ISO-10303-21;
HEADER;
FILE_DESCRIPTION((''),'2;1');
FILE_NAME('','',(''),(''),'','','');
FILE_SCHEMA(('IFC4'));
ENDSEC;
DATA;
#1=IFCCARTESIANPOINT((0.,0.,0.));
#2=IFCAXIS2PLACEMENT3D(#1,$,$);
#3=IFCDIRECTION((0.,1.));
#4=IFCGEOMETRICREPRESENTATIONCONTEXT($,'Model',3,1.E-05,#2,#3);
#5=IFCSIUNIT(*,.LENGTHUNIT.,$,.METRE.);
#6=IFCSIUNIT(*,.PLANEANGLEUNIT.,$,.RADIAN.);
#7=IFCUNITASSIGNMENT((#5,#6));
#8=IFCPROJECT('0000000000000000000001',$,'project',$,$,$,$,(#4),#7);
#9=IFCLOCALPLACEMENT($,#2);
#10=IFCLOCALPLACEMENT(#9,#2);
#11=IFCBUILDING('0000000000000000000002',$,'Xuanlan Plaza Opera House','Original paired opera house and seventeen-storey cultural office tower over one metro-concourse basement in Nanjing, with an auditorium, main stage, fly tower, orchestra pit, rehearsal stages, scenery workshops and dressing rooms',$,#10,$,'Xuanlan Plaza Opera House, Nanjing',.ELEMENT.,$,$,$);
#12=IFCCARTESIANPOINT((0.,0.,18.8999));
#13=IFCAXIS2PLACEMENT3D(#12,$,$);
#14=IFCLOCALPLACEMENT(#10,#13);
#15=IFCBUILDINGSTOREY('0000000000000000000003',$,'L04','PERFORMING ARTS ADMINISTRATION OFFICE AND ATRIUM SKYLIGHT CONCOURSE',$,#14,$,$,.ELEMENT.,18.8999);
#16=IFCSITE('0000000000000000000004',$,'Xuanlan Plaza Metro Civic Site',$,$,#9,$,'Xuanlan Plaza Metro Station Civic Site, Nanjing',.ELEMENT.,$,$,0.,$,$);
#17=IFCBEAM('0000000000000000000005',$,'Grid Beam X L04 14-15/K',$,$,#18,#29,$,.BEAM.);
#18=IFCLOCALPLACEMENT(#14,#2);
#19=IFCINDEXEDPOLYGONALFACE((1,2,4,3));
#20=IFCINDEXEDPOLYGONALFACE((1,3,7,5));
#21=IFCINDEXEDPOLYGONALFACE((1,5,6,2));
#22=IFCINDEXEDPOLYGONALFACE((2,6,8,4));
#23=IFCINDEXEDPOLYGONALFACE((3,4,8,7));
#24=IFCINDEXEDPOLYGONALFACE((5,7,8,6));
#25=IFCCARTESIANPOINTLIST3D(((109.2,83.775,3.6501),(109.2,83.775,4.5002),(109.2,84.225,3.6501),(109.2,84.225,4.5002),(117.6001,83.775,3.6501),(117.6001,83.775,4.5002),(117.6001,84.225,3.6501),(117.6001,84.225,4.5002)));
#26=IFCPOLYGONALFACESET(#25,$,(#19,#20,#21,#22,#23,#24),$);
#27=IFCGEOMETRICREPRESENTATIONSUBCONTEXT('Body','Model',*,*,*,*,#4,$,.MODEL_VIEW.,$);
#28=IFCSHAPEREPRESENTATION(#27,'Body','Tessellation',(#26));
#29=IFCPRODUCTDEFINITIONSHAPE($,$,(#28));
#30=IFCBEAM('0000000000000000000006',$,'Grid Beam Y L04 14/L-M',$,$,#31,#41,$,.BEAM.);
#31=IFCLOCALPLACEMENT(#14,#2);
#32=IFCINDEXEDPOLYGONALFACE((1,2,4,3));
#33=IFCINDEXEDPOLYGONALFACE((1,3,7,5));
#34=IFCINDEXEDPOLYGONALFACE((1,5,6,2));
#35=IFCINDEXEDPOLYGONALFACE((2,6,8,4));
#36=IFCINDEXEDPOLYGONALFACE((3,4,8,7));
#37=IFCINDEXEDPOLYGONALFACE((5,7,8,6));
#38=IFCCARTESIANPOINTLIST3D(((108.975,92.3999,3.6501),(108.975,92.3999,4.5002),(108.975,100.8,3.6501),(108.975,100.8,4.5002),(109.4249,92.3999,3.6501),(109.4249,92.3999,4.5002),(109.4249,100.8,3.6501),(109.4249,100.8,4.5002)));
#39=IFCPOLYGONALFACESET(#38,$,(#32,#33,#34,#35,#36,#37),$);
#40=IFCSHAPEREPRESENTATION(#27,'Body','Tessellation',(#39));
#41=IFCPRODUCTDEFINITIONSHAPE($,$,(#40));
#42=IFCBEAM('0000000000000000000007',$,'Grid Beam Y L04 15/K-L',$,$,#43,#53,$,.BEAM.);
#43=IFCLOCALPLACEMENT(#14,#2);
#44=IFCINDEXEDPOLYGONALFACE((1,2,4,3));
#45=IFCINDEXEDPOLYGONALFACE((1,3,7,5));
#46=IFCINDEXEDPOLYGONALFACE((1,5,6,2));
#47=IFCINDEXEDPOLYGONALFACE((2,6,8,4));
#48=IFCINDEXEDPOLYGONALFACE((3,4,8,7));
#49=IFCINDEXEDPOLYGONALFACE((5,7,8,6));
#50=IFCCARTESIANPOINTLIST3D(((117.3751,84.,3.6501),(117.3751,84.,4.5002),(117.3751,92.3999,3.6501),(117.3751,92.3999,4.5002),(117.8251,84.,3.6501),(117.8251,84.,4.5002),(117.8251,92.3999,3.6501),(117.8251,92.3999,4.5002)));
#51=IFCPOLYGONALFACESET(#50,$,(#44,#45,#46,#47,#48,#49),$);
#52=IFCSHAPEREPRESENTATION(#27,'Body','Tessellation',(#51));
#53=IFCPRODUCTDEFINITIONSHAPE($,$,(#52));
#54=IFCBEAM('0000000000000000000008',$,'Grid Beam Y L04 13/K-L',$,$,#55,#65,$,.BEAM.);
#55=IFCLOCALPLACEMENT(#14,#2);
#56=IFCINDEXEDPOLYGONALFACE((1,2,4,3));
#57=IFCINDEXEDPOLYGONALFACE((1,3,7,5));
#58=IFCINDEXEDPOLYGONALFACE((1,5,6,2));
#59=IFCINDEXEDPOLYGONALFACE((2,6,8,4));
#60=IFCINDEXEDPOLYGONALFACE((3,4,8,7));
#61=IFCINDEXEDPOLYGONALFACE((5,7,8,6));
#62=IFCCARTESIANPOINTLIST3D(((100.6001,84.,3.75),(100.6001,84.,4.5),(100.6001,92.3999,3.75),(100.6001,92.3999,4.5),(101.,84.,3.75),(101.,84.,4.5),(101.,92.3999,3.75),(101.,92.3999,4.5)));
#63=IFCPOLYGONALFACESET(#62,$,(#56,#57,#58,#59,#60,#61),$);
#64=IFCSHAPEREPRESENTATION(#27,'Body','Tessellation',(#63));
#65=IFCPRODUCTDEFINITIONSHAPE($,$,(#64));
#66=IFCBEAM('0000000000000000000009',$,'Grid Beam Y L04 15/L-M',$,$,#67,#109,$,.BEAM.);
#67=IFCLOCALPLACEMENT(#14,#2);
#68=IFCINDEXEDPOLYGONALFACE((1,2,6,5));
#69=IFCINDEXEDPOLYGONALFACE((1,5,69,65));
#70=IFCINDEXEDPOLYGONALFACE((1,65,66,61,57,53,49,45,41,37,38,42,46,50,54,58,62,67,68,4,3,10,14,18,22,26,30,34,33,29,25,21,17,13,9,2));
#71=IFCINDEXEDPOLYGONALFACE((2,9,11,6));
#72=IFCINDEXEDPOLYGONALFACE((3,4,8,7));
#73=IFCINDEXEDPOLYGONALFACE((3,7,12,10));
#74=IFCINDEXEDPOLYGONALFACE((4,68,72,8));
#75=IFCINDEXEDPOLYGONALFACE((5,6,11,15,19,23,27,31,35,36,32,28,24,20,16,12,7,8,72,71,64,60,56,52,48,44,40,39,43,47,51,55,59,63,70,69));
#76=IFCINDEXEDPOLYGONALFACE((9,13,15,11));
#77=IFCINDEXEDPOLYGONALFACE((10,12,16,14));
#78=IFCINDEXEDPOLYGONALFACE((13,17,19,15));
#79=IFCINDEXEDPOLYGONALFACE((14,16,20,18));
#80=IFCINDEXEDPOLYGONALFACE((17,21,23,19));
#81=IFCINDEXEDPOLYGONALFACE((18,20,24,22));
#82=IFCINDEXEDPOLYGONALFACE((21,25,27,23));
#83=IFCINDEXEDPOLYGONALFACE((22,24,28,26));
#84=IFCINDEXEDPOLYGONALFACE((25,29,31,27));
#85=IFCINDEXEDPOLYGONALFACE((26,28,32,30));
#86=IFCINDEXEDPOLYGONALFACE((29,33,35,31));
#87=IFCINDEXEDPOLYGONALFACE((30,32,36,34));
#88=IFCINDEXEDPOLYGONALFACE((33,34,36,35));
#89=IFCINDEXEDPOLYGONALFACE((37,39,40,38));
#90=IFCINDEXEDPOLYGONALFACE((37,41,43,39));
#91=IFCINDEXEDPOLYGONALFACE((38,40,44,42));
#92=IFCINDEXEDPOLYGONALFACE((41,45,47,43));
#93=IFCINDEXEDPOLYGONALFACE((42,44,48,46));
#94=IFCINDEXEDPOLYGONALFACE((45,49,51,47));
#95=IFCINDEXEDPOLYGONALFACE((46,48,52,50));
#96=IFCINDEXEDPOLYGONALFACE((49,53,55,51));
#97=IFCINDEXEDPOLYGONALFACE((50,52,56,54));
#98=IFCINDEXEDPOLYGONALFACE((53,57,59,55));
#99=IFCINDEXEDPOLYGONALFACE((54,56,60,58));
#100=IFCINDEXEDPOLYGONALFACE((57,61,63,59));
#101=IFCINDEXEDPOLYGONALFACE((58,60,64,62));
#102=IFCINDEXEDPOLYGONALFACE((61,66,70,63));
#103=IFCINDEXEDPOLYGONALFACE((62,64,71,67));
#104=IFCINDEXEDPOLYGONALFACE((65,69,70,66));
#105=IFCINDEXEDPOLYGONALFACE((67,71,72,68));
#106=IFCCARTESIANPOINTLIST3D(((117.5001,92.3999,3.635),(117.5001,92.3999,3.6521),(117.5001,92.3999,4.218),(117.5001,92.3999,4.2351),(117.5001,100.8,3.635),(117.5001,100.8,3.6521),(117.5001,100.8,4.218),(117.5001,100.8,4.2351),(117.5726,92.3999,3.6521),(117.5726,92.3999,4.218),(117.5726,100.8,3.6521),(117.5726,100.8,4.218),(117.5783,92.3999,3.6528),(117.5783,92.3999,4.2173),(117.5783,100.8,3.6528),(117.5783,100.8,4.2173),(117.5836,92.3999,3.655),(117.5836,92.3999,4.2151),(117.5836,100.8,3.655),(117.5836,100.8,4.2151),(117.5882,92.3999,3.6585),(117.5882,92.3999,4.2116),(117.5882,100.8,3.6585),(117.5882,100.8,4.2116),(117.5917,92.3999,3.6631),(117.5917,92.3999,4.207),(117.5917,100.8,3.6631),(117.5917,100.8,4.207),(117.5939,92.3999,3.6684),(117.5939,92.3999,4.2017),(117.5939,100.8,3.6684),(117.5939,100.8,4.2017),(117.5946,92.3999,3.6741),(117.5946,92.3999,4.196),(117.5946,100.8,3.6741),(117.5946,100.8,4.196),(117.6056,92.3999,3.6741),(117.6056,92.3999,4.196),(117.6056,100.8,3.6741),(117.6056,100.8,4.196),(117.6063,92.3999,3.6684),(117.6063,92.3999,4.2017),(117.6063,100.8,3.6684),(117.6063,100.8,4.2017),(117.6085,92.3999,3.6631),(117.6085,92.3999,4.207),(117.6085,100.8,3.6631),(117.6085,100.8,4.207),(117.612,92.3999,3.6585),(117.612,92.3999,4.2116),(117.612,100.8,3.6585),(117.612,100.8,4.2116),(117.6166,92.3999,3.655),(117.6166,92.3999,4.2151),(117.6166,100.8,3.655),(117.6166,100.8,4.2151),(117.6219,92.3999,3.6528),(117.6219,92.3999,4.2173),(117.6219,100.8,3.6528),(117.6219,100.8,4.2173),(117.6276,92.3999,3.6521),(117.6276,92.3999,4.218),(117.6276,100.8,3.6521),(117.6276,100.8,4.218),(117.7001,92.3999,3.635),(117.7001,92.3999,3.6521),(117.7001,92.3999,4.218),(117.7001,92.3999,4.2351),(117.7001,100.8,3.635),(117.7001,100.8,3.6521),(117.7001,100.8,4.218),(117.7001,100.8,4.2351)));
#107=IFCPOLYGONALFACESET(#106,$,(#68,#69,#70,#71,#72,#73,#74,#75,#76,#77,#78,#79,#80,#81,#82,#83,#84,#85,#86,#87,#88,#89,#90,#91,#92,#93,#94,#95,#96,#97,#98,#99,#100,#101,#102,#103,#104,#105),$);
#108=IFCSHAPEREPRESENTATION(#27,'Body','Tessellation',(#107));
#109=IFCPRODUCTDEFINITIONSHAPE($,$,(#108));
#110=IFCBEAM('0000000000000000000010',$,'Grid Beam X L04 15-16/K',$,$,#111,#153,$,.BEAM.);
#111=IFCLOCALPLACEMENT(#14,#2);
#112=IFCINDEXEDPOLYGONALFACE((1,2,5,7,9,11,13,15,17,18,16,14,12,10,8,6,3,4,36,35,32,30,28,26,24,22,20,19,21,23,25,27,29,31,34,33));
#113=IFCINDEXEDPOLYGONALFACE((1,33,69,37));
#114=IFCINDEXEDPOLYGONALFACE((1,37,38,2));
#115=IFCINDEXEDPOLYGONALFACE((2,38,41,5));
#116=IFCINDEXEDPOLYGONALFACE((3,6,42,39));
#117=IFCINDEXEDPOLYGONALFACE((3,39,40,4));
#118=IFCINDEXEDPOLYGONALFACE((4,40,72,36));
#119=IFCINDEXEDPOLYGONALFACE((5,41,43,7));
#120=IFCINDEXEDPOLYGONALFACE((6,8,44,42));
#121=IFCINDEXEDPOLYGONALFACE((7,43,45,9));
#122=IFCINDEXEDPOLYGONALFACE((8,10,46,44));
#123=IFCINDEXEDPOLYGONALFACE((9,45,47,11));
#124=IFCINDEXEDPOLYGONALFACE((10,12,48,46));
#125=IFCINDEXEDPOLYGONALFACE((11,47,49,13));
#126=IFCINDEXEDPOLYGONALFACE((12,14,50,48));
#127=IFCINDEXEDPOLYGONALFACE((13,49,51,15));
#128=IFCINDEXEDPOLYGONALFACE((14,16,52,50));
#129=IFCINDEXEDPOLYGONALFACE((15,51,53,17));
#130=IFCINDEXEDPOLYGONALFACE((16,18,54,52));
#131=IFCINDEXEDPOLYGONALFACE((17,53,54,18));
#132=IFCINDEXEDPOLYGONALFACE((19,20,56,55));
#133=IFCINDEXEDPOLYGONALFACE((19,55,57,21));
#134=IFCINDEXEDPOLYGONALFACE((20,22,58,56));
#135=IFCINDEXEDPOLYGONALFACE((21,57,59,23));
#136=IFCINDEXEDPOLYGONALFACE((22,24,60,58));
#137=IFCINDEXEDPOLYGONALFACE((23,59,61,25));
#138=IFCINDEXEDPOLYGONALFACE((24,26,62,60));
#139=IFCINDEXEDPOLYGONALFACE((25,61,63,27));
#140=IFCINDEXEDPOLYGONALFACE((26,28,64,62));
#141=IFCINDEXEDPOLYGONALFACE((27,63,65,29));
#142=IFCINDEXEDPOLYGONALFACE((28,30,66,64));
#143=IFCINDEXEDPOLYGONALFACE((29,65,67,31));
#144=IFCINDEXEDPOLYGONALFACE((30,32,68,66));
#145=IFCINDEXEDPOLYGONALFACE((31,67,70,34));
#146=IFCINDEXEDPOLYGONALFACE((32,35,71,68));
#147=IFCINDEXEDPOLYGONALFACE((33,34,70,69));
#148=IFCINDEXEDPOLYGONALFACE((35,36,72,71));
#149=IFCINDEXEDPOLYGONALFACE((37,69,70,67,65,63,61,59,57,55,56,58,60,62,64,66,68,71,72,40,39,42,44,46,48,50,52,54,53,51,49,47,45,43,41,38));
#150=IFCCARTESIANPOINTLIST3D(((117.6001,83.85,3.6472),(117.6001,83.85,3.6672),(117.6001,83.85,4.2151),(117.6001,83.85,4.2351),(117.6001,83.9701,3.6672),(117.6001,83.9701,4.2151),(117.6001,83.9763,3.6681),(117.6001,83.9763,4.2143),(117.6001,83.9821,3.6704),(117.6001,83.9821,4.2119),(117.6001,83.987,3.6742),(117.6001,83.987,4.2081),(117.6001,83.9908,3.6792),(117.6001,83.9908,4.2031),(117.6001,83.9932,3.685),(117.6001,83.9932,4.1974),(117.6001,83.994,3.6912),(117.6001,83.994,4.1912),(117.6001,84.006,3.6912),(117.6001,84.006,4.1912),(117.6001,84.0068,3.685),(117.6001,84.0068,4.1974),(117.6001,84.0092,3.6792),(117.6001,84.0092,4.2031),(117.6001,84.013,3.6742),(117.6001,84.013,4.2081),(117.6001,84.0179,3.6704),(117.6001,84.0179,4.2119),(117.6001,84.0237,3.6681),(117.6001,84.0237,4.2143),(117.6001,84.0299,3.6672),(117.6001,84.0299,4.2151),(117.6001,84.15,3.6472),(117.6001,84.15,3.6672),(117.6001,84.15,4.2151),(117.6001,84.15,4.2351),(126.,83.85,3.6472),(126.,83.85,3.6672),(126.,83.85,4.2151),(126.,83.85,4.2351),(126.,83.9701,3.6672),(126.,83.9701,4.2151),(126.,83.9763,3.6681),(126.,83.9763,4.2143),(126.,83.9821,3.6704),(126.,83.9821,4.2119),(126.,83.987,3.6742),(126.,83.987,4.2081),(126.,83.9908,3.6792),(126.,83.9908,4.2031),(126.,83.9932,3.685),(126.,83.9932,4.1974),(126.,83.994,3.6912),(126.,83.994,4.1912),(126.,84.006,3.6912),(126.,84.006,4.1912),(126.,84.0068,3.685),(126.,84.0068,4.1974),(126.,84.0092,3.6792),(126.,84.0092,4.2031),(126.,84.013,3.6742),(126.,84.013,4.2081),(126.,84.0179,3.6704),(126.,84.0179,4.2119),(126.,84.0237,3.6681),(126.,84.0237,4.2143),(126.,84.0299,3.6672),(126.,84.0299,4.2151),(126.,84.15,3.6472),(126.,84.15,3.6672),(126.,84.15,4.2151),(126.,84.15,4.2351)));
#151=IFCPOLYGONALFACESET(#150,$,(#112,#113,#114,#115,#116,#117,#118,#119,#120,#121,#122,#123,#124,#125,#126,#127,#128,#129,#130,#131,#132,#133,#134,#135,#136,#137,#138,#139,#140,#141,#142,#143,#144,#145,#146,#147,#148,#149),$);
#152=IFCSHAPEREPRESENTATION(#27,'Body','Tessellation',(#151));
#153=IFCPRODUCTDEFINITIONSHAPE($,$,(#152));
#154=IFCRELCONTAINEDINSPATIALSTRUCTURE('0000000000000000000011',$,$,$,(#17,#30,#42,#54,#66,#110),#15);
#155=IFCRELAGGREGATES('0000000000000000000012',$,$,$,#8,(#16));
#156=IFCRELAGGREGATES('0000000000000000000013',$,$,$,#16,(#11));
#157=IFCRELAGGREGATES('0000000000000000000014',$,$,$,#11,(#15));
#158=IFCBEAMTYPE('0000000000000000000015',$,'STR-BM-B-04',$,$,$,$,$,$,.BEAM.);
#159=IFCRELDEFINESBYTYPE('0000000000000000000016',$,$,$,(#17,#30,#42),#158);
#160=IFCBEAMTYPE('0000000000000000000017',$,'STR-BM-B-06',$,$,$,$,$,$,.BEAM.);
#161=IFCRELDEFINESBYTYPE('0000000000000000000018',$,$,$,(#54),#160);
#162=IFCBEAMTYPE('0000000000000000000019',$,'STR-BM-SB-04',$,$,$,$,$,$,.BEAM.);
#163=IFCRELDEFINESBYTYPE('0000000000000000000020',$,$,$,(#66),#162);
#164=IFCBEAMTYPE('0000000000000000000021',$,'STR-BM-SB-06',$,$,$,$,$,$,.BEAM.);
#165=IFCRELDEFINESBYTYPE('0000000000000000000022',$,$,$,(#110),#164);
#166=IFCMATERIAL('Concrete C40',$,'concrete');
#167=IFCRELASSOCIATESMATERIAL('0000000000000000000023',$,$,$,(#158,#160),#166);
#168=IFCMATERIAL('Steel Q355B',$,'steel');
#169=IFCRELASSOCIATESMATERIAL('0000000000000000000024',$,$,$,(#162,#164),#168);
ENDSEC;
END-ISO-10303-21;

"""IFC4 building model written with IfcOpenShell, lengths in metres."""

from ifc_helpers import new_model, si_unit, direction, frame, origin, origin_2d, place, context, subcontext, project, spatial, rectangle, i_section, extrude, material, material_profile, profile_set, type_object, element, save


model = new_model("IFC4")

# Units and contexts
model_context = context("Model", 3, precision=1e-05, world=origin(), true_north=direction((0.0, 1.0)))
body_context = subcontext(model_context, "Body", "Model", "MODEL_VIEW")
ifc_project = project(units=[si_unit("LENGTHUNIT", "METRE"), si_unit("PLANEANGLEUNIT", "RADIAN")], contexts=[model_context])

# Site, building, storey
site_placement = place(None, origin())
site = spatial("IfcSite", under=ifc_project, at=site_placement, Name="Xuanlan Plaza Metro Civic Site", LongName="Xuanlan Plaza Metro Station Civic Site, Nanjing", CompositionType="ELEMENT", RefElevation=0.0)
building_placement = place(site_placement, origin())
building = spatial("IfcBuilding", under=site, at=building_placement, Name="Xuanlan Plaza Opera House", Description="Original paired opera house and seventeen-storey cultural office tower over one metro-concourse basement in Nanjing, with an auditorium, main stage, fly tower, orchestra pit, rehearsal stages, scenery workshops and dressing rooms", LongName="Xuanlan Plaza Opera House, Nanjing", CompositionType="ELEMENT")
storey_placement = place(building_placement, frame((0.0, 0.0, 18.8999)))
storey = spatial("IfcBuildingStorey", under=building, at=storey_placement, Name="L04", Description="PERFORMING ARTS ADMINISTRATION OFFICE AND ATRIUM SKYLIGHT CONCOURSE", CompositionType="ELEMENT", Elevation=18.8999)

# Shared definitions
ifc_material_1 = material(Name="Concrete C40", Category="concrete")
ifc_material_2 = material(Name="Steel Q355B", Category="steel")

# Beams
ifc_material_profile_1 = material_profile(ifc_material_1, rectangle(XDim=0.45, YDim=0.8501, at=origin_2d()), Name="RC-BM 450x850")
ifc_profile_set_1 = profile_set([ifc_material_profile_1], Name="Concrete C40")
beam_type_1 = type_object("IfcBeamType", Name="STR-BM-B-04", PredefinedType="BEAM", material=ifc_profile_set_1)
for number, where, z_axis, x_axis, name in (
    (1, (109.2, 84.0, 4.0752), (1.0, 0.0, 0.0), (0.0, 1.0, 0.0), "Grid Beam X L04 14-15/K"),
    (2, (109.2, 92.3999, 4.0752), (0.0, 1.0, 0.0), (-1.0, 0.0, 0.0), "Grid Beam Y L04 14/L-M"),
):
    element("IfcBeam", number, at=place(storey_placement, frame(where, z_axis=z_axis, x_axis=x_axis)), inside=storey, type_object=beam_type_1, Name=name, PredefinedType="BEAM", context=body_context, shape_type="SweptSolid", body=[
        extrude(rectangle(XDim=0.45, YDim=0.8501, at=origin_2d()), origin(), (0.0, 0.0, 1.0), 8.4001),
    ])
beam_1_placement = place(storey_placement, frame((117.6001, 84.0, 4.0752), z_axis=(0.0, 1.0, 0.0), x_axis=(-1.0, 0.0, 0.0)))
element("IfcBeam", 3, at=beam_1_placement, inside=storey, type_object=beam_type_1, Name="Grid Beam Y L04 15/K-L", PredefinedType="BEAM", context=body_context, shape_type="SweptSolid", body=[
    extrude(rectangle(XDim=0.45, YDim=0.8501, at=origin_2d()), origin(), (0.0, 0.0, 1.0), 8.3999),
])
ifc_material_profile_2 = material_profile(ifc_material_1, rectangle(XDim=0.3999, YDim=0.75, at=origin_2d()), Name="RC-BM 400x750")
ifc_profile_set_2 = profile_set([ifc_material_profile_2], Name="Concrete C40")
beam_type_2 = type_object("IfcBeamType", Name="STR-BM-B-06", PredefinedType="BEAM", material=ifc_profile_set_2)
beam_2_placement = place(storey_placement, frame((100.8, 84.0, 4.125), z_axis=(0.0, 1.0, 0.0), x_axis=(-1.0, 0.0, 0.0)))
element("IfcBeam", 4, at=beam_2_placement, inside=storey, type_object=beam_type_2, Name="Grid Beam Y L04 13/K-L", PredefinedType="BEAM", context=body_context, shape_type="SweptSolid", body=[
    extrude(rectangle(XDim=0.3999, YDim=0.75, at=origin_2d()), origin(), (0.0, 0.0, 1.0), 8.3999),
])
ifc_material_profile_3 = material_profile(ifc_material_2, i_section(OverallWidth=0.2, OverallDepth=0.6001, WebThickness=0.011, FlangeThickness=0.0171, FilletRadius=0.022, at=origin_2d()), Name="HN 600x200x11x17")
ifc_profile_set_3 = profile_set([ifc_material_profile_3], Name="Steel Q355B")
beam_type_3 = type_object("IfcBeamType", Name="STR-BM-SB-04", PredefinedType="BEAM", material=ifc_profile_set_3)
beam_3_placement = place(storey_placement, frame((117.6001, 92.3999, 3.9351), z_axis=(0.0, 1.0, 0.0), x_axis=(-1.0, 0.0, 0.0)))
element("IfcBeam", 5, at=beam_3_placement, inside=storey, type_object=beam_type_3, Name="Grid Beam Y L04 15/L-M", PredefinedType="BEAM", context=body_context, shape_type="SweptSolid", body=[
    extrude(i_section(OverallWidth=0.2, OverallDepth=0.6001, WebThickness=0.011, FlangeThickness=0.0171, FilletRadius=0.022, at=origin_2d()), origin(), (0.0, 0.0, 1.0), 8.4001),
])
ifc_material_profile_4 = material_profile(ifc_material_2, i_section(OverallWidth=0.3, OverallDepth=0.5879, WebThickness=0.012, FlangeThickness=0.02, FilletRadius=0.0239, at=origin_2d()), Name="HM 588x300x12x20")
ifc_profile_set_4 = profile_set([ifc_material_profile_4], Name="Steel Q355B")
beam_type_4 = type_object("IfcBeamType", Name="STR-BM-SB-06", PredefinedType="BEAM", material=ifc_profile_set_4)
beam_4_placement = place(storey_placement, frame((117.6001, 84.0, 3.9412), z_axis=(1.0, 0.0, 0.0), x_axis=(0.0, 1.0, 0.0)))
element("IfcBeam", 6, at=beam_4_placement, inside=storey, type_object=beam_type_4, Name="Grid Beam X L04 15-16/K", PredefinedType="BEAM", context=body_context, shape_type="SweptSolid", body=[
    extrude(i_section(OverallWidth=0.3, OverallDepth=0.5879, WebThickness=0.012, FlangeThickness=0.02, FilletRadius=0.0239, at=origin_2d()), origin(), (0.0, 0.0, 1.0), 8.3999),
])

save(model, "model.ifc")
